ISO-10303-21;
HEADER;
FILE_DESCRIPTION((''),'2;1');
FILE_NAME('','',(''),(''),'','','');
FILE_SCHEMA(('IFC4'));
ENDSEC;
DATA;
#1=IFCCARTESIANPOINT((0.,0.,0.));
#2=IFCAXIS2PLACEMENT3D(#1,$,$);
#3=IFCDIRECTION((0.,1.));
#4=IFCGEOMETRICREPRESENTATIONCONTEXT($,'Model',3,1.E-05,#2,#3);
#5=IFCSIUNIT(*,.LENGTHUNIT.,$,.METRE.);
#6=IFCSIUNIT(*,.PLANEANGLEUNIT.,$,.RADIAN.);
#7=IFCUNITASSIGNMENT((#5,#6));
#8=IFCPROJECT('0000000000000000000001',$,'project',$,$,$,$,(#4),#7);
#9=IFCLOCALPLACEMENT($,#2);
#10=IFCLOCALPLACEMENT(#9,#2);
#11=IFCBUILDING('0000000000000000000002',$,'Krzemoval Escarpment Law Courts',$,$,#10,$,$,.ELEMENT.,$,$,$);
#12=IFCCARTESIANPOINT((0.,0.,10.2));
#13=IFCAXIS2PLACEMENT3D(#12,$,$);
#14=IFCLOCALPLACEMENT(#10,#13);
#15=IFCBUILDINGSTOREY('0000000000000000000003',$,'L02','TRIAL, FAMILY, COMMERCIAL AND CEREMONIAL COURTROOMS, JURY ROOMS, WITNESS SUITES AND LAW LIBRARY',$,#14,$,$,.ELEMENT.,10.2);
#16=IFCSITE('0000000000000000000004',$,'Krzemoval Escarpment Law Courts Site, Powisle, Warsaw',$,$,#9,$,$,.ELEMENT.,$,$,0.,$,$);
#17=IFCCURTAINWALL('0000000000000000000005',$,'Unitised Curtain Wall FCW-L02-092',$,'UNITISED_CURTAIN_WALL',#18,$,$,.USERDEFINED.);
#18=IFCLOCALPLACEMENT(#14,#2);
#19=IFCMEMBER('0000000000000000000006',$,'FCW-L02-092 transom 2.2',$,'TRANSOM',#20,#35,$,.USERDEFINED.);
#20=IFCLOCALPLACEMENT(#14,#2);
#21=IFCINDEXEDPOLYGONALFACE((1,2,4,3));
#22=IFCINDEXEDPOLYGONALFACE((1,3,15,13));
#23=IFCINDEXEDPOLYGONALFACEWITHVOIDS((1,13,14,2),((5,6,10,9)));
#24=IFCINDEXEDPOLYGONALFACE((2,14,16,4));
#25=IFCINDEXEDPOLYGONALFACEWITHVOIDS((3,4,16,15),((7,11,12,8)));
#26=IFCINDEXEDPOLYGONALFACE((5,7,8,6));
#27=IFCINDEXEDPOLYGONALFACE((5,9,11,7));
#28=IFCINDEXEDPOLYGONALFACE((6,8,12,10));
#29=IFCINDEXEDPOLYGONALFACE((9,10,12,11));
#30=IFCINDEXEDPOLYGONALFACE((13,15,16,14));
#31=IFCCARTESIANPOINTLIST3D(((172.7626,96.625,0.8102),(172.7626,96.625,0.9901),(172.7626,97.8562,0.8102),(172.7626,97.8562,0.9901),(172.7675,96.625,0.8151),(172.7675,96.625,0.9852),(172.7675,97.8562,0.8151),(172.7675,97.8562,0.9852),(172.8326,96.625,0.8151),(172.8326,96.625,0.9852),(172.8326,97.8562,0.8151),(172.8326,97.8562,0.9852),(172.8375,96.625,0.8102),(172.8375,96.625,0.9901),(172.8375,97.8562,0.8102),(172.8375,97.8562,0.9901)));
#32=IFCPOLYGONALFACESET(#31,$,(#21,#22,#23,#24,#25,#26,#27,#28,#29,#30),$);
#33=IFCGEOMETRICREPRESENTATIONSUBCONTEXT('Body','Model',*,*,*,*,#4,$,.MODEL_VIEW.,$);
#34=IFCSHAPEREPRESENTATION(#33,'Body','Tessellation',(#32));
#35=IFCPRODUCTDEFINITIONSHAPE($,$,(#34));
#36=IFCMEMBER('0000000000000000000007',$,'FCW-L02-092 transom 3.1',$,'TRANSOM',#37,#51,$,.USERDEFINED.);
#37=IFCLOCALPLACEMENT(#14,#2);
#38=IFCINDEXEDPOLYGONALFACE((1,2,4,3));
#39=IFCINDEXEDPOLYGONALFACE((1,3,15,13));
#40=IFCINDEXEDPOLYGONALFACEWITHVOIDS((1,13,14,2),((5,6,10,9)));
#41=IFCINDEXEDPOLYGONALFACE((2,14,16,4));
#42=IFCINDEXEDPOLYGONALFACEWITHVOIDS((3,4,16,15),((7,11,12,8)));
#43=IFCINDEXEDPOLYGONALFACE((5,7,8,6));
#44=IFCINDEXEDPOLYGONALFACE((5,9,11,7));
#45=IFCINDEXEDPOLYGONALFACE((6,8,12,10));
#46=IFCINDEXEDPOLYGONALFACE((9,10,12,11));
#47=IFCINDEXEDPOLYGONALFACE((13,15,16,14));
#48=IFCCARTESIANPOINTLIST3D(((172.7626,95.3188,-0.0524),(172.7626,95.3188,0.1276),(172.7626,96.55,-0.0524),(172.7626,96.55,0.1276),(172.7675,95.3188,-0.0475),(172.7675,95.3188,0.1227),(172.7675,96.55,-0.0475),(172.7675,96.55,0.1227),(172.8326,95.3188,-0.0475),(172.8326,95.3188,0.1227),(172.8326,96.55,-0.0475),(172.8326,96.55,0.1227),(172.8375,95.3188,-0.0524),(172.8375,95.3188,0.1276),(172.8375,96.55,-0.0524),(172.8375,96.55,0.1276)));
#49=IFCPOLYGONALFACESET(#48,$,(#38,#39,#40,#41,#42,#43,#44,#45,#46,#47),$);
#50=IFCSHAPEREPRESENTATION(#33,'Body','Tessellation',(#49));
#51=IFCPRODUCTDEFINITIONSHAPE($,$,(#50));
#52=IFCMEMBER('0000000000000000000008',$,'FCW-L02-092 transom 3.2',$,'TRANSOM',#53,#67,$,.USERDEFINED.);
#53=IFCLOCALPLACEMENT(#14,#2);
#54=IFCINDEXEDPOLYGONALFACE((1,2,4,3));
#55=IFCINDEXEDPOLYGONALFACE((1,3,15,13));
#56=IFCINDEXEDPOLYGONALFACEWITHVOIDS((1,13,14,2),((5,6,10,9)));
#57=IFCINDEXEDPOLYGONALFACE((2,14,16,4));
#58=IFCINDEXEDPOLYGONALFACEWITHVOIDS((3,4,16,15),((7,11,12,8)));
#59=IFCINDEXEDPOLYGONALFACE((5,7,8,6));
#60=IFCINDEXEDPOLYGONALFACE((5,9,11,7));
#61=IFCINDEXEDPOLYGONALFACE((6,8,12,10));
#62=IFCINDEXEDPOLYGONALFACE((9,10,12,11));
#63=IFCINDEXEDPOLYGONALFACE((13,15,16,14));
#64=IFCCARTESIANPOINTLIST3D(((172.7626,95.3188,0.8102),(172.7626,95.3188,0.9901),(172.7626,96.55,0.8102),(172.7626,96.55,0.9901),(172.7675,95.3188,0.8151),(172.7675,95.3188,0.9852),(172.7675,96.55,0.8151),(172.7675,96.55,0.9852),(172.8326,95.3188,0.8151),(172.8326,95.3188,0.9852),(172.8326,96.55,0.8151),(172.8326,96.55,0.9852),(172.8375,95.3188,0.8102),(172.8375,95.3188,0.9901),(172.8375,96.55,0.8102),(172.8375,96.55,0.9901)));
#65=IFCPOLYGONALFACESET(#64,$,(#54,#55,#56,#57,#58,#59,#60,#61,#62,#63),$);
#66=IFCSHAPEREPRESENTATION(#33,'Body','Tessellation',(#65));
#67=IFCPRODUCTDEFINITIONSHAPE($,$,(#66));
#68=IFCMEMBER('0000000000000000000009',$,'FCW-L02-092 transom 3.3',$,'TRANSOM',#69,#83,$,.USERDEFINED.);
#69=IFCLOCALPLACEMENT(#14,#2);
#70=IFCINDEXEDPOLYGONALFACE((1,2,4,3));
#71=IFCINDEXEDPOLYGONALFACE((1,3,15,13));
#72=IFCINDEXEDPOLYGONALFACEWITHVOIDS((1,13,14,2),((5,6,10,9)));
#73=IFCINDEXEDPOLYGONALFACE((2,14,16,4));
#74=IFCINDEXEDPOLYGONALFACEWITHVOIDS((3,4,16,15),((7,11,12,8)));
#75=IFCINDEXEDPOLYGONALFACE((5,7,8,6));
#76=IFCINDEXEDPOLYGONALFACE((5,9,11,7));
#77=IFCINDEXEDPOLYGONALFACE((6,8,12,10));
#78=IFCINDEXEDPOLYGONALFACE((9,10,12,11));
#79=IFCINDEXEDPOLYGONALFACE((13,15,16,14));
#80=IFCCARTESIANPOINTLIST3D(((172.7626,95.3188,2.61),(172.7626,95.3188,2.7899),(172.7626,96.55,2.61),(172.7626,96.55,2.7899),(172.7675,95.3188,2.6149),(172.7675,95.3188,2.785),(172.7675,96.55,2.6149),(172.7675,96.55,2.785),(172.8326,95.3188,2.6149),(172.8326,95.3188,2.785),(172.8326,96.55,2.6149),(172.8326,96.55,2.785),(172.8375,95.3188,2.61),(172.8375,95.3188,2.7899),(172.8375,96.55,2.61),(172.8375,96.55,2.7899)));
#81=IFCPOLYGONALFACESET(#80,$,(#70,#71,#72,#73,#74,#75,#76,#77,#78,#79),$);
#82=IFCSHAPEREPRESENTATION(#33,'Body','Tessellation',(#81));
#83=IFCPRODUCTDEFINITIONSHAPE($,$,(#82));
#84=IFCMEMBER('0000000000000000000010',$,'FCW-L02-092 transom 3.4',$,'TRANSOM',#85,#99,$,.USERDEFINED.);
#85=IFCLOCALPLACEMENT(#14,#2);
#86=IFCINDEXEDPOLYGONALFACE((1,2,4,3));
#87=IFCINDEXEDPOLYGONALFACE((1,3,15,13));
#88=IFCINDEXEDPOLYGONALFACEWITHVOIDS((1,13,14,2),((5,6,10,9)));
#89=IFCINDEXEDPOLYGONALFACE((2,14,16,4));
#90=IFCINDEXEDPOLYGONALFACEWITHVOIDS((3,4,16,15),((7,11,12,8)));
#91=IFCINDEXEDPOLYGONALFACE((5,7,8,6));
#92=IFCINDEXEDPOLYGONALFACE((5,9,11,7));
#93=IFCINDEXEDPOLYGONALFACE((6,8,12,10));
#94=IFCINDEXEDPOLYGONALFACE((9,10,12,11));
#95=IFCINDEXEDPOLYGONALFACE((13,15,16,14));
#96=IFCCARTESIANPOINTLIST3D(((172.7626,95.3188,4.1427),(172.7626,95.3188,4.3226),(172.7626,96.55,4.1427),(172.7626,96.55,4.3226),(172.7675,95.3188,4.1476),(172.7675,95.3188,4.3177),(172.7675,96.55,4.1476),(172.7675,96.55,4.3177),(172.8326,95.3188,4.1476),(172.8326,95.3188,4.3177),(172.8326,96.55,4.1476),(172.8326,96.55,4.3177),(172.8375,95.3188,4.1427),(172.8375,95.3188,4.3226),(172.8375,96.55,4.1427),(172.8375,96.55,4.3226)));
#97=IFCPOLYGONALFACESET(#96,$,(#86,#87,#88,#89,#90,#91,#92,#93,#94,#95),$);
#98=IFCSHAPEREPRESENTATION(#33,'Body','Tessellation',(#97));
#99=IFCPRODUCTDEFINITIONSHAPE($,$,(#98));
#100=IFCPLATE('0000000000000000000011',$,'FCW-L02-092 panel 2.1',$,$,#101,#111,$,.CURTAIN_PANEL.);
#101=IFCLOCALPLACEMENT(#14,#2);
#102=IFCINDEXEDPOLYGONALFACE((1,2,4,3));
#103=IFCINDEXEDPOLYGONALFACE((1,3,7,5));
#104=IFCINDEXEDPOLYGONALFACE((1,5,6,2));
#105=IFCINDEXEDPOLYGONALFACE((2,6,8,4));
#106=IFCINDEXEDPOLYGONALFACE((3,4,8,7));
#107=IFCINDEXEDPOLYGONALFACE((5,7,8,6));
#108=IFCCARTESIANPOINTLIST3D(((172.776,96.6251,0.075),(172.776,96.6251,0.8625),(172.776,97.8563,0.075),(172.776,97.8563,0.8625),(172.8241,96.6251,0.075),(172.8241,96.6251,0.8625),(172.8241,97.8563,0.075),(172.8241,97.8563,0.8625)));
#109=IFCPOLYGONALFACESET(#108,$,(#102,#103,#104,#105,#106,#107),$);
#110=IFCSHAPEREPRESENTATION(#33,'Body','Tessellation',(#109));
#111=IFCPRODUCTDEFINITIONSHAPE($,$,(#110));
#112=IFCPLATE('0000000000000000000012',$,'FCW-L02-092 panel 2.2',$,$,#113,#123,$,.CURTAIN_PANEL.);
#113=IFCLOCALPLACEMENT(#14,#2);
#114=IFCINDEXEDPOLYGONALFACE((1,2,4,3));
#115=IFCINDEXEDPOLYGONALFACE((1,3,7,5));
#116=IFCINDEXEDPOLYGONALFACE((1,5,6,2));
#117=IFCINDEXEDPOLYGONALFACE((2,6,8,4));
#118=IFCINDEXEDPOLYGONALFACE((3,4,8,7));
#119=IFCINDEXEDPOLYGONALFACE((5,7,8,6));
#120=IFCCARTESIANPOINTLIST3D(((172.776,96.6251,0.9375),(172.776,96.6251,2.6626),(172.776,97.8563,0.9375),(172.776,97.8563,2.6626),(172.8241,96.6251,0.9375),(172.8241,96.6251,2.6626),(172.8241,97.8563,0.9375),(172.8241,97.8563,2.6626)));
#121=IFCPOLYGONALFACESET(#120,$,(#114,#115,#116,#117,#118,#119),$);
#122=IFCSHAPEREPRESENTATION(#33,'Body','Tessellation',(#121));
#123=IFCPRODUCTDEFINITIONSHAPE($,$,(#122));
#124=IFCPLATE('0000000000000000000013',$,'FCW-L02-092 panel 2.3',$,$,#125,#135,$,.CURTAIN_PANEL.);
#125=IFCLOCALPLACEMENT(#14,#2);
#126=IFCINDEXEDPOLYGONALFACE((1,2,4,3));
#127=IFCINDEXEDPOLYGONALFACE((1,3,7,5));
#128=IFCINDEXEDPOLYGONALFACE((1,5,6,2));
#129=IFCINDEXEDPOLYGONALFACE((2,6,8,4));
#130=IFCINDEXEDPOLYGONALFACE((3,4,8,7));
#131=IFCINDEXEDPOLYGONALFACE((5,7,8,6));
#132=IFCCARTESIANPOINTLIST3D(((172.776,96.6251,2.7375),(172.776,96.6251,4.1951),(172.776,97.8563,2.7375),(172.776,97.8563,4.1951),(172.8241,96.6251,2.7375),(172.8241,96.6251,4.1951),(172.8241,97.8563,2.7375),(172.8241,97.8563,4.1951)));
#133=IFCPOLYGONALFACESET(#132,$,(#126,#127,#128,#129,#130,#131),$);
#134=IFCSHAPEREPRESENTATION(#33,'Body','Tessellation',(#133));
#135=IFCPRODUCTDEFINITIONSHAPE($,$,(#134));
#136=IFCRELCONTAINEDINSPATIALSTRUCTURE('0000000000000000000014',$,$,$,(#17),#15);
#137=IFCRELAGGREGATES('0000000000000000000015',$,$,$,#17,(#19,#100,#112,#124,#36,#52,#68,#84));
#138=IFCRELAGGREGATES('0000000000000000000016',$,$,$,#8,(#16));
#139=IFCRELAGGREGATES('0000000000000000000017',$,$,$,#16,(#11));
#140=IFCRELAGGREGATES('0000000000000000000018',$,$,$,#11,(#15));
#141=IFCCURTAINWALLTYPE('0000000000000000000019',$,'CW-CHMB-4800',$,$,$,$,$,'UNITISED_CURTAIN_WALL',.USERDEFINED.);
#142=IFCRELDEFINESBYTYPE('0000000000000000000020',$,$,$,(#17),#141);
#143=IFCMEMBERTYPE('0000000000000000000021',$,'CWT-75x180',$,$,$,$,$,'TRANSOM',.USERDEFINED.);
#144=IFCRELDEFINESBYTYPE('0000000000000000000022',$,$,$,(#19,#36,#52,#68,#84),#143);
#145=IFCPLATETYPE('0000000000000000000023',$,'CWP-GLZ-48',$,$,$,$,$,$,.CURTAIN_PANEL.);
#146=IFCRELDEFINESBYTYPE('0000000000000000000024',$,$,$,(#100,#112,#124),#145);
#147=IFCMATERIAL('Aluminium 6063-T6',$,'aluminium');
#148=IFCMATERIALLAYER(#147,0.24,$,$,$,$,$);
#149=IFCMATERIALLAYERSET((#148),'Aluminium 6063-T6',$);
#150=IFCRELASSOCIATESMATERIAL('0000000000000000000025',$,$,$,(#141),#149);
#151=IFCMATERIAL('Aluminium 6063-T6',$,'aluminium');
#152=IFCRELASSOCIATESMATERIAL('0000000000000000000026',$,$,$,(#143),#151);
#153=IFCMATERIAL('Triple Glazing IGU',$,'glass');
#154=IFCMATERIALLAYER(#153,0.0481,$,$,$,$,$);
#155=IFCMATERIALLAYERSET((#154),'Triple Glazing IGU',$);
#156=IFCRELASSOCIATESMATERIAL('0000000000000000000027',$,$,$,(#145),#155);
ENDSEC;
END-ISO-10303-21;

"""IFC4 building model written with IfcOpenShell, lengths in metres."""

from ifc_helpers import new_model, si_unit, direction, frame, origin, origin_2d, place, context, subcontext, project, spatial, rectangle, hollow_rectangle, extrude, material, layer, layer_set, material_profile, profile_set, type_object, element, aggregate, save


model = new_model("IFC4")

# Units and contexts
model_context = context("Model", 3, precision=1e-05, world=origin(), true_north=direction((0.0, 1.0)))
body_context = subcontext(model_context, "Body", "Model", "MODEL_VIEW")
ifc_project = project(units=[si_unit("LENGTHUNIT", "METRE"), si_unit("PLANEANGLEUNIT", "RADIAN")], contexts=[model_context])

# Site, building, storey
site_placement = place(None, origin())
site = spatial("IfcSite", under=ifc_project, at=site_placement, Name="Krzemoval Escarpment Law Courts Site, Powisle, Warsaw", CompositionType="ELEMENT", RefElevation=0.0)
building_placement = place(site_placement, origin())
building = spatial("IfcBuilding", under=site, at=building_placement, Name="Krzemoval Escarpment Law Courts", CompositionType="ELEMENT")
storey_placement = place(building_placement, frame((0.0, 0.0, 10.2)))
storey = spatial("IfcBuildingStorey", under=building, at=storey_placement, Name="L02", Description="TRIAL, FAMILY, COMMERCIAL AND CEREMONIAL COURTROOMS, JURY ROOMS, WITNESS SUITES AND LAW LIBRARY", CompositionType="ELEMENT", Elevation=10.2)

# Curtain wall, members, plates
ifc_material_1 = material(Name="Aluminium 6063-T6", Category="aluminium")
ifc_layer_1 = layer(ifc_material_1, 0.24)
ifc_layer_set_1 = layer_set([ifc_layer_1], Name="Aluminium 6063-T6")
curtain_wall_type = type_object("IfcCurtainWallType", Name="CW-CHMB-4800", ElementType="UNITISED_CURTAIN_WALL", PredefinedType="USERDEFINED", material=ifc_layer_set_1)
curtain_wall_placement = place(storey_placement, origin())
curtain_wall = element("IfcCurtainWall", 1, at=curtain_wall_placement, inside=storey, type_object=curtain_wall_type, Name="Unitised Curtain Wall FCW-L02-092", ObjectType="UNITISED_CURTAIN_WALL", PredefinedType="USERDEFINED")
ifc_material_2 = material(Name="Aluminium 6063-T6", Category="aluminium")
ifc_material_profile_1 = material_profile(ifc_material_2, hollow_rectangle(XDim=0.075, YDim=0.1799, WallThickness=0.0049, at=origin_2d()), Name="ALU T75x180")
ifc_profile_set_1 = profile_set([ifc_material_profile_1], Name="Aluminium 6063-T6")
member_type_1 = type_object("IfcMemberType", Name="CWT-75x180", ElementType="TRANSOM", PredefinedType="USERDEFINED", material=ifc_profile_set_1)
member_1_placement = place(storey_placement, frame((172.8, 97.8562, 0.9001), z_axis=(0.0, -1.0, 0.0), x_axis=(1.0, 0.0, 0.0)))
member_1 = element("IfcMember", 2, at=member_1_placement, type_object=member_type_1, Name="FCW-L02-092 transom 2.2", ObjectType="TRANSOM", PredefinedType="USERDEFINED", context=body_context, shape_type="SweptSolid", body=[
    extrude(hollow_rectangle(XDim=0.075, YDim=0.1799, WallThickness=0.0049, at=origin_2d()), origin(), (0.0, 0.0, 1.0), 1.2312),
])
member_2_placement = place(storey_placement, frame((172.8, 96.55, 0.0376), z_axis=(0.0, -1.0, 0.0), x_axis=(1.0, 0.0, 0.0)))
member_2 = element("IfcMember", 3, at=member_2_placement, type_object=member_type_1, Name="FCW-L02-092 transom 3.1", ObjectType="TRANSOM", PredefinedType="USERDEFINED", context=body_context, shape_type="SweptSolid", body=[
    extrude(hollow_rectangle(XDim=0.075, YDim=0.1799, WallThickness=0.0049, at=origin_2d()), origin(), (0.0, 0.0, 1.0), 1.2312),
])
member_3_placement = place(storey_placement, frame((172.8, 96.55, 0.9001), z_axis=(0.0, -1.0, 0.0), x_axis=(1.0, 0.0, 0.0)))
member_3 = element("IfcMember", 4, at=member_3_placement, type_object=member_type_1, Name="FCW-L02-092 transom 3.2", ObjectType="TRANSOM", PredefinedType="USERDEFINED", context=body_context, shape_type="SweptSolid", body=[
    extrude(hollow_rectangle(XDim=0.075, YDim=0.1799, WallThickness=0.0049, at=origin_2d()), origin(), (0.0, 0.0, 1.0), 1.2312),
])
member_4_placement = place(storey_placement, frame((172.8, 96.55, 2.7), z_axis=(0.0, -1.0, 0.0), x_axis=(1.0, 0.0, 0.0)))
member_4 = element("IfcMember", 5, at=member_4_placement, type_object=member_type_1, Name="FCW-L02-092 transom 3.3", ObjectType="TRANSOM", PredefinedType="USERDEFINED", context=body_context, shape_type="SweptSolid", body=[
    extrude(hollow_rectangle(XDim=0.075, YDim=0.1799, WallThickness=0.0049, at=origin_2d()), origin(), (0.0, 0.0, 1.0), 1.2312),
])
member_5_placement = place(storey_placement, frame((172.8, 96.55, 4.2327), z_axis=(0.0, -1.0, 0.0), x_axis=(1.0, 0.0, 0.0)))
member_5 = element("IfcMember", 6, at=member_5_placement, type_object=member_type_1, Name="FCW-L02-092 transom 3.4", ObjectType="TRANSOM", PredefinedType="USERDEFINED", context=body_context, shape_type="SweptSolid", body=[
    extrude(hollow_rectangle(XDim=0.075, YDim=0.1799, WallThickness=0.0049, at=origin_2d()), origin(), (0.0, 0.0, 1.0), 1.2312),
])
ifc_material_3 = material(Name="Triple Glazing IGU", Category="glass")
ifc_layer_2 = layer(ifc_material_3, 0.0481)
ifc_layer_set_2 = layer_set([ifc_layer_2], Name="Triple Glazing IGU")
plate_type = type_object("IfcPlateType", Name="CWP-GLZ-48", PredefinedType="CURTAIN_PANEL", material=ifc_layer_set_2)
plate_1_placement = place(storey_placement, frame((172.8, 97.2407, 0.075), z_axis=(0.0, 0.0, 1.0), x_axis=(0.0, -1.0, 0.0)))
plate_1 = element("IfcPlate", 7, at=plate_1_placement, type_object=plate_type, Name="FCW-L02-092 panel 2.1", PredefinedType="CURTAIN_PANEL", context=body_context, shape_type="SweptSolid", body=[
    extrude(rectangle(XDim=1.2312, YDim=0.0481, at=origin_2d()), origin(), (0.0, 0.0, 1.0), 0.7876),
])
plate_2_placement = place(storey_placement, frame((172.8, 97.2407, 0.9375), z_axis=(0.0, 0.0, 1.0), x_axis=(0.0, -1.0, 0.0)))
plate_2 = element("IfcPlate", 8, at=plate_2_placement, type_object=plate_type, Name="FCW-L02-092 panel 2.2", PredefinedType="CURTAIN_PANEL", context=body_context, shape_type="SweptSolid", body=[
    extrude(rectangle(XDim=1.2312, YDim=0.0481, at=origin_2d()), origin(), (0.0, 0.0, 1.0), 1.7251),
])
plate_3_placement = place(storey_placement, frame((172.8, 97.2407, 2.7375), z_axis=(0.0, 0.0, 1.0), x_axis=(0.0, -1.0, 0.0)))
plate_3 = element("IfcPlate", 9, at=plate_3_placement, type_object=plate_type, Name="FCW-L02-092 panel 2.3", PredefinedType="CURTAIN_PANEL", context=body_context, shape_type="SweptSolid", body=[
    extrude(rectangle(XDim=1.2312, YDim=0.0481, at=origin_2d()), origin(), (0.0, 0.0, 1.0), 1.4575),
])
aggregate(curtain_wall, [member_1, plate_1, plate_2, plate_3, member_2, member_3, member_4, member_5])

save(model, "model.ifc")
